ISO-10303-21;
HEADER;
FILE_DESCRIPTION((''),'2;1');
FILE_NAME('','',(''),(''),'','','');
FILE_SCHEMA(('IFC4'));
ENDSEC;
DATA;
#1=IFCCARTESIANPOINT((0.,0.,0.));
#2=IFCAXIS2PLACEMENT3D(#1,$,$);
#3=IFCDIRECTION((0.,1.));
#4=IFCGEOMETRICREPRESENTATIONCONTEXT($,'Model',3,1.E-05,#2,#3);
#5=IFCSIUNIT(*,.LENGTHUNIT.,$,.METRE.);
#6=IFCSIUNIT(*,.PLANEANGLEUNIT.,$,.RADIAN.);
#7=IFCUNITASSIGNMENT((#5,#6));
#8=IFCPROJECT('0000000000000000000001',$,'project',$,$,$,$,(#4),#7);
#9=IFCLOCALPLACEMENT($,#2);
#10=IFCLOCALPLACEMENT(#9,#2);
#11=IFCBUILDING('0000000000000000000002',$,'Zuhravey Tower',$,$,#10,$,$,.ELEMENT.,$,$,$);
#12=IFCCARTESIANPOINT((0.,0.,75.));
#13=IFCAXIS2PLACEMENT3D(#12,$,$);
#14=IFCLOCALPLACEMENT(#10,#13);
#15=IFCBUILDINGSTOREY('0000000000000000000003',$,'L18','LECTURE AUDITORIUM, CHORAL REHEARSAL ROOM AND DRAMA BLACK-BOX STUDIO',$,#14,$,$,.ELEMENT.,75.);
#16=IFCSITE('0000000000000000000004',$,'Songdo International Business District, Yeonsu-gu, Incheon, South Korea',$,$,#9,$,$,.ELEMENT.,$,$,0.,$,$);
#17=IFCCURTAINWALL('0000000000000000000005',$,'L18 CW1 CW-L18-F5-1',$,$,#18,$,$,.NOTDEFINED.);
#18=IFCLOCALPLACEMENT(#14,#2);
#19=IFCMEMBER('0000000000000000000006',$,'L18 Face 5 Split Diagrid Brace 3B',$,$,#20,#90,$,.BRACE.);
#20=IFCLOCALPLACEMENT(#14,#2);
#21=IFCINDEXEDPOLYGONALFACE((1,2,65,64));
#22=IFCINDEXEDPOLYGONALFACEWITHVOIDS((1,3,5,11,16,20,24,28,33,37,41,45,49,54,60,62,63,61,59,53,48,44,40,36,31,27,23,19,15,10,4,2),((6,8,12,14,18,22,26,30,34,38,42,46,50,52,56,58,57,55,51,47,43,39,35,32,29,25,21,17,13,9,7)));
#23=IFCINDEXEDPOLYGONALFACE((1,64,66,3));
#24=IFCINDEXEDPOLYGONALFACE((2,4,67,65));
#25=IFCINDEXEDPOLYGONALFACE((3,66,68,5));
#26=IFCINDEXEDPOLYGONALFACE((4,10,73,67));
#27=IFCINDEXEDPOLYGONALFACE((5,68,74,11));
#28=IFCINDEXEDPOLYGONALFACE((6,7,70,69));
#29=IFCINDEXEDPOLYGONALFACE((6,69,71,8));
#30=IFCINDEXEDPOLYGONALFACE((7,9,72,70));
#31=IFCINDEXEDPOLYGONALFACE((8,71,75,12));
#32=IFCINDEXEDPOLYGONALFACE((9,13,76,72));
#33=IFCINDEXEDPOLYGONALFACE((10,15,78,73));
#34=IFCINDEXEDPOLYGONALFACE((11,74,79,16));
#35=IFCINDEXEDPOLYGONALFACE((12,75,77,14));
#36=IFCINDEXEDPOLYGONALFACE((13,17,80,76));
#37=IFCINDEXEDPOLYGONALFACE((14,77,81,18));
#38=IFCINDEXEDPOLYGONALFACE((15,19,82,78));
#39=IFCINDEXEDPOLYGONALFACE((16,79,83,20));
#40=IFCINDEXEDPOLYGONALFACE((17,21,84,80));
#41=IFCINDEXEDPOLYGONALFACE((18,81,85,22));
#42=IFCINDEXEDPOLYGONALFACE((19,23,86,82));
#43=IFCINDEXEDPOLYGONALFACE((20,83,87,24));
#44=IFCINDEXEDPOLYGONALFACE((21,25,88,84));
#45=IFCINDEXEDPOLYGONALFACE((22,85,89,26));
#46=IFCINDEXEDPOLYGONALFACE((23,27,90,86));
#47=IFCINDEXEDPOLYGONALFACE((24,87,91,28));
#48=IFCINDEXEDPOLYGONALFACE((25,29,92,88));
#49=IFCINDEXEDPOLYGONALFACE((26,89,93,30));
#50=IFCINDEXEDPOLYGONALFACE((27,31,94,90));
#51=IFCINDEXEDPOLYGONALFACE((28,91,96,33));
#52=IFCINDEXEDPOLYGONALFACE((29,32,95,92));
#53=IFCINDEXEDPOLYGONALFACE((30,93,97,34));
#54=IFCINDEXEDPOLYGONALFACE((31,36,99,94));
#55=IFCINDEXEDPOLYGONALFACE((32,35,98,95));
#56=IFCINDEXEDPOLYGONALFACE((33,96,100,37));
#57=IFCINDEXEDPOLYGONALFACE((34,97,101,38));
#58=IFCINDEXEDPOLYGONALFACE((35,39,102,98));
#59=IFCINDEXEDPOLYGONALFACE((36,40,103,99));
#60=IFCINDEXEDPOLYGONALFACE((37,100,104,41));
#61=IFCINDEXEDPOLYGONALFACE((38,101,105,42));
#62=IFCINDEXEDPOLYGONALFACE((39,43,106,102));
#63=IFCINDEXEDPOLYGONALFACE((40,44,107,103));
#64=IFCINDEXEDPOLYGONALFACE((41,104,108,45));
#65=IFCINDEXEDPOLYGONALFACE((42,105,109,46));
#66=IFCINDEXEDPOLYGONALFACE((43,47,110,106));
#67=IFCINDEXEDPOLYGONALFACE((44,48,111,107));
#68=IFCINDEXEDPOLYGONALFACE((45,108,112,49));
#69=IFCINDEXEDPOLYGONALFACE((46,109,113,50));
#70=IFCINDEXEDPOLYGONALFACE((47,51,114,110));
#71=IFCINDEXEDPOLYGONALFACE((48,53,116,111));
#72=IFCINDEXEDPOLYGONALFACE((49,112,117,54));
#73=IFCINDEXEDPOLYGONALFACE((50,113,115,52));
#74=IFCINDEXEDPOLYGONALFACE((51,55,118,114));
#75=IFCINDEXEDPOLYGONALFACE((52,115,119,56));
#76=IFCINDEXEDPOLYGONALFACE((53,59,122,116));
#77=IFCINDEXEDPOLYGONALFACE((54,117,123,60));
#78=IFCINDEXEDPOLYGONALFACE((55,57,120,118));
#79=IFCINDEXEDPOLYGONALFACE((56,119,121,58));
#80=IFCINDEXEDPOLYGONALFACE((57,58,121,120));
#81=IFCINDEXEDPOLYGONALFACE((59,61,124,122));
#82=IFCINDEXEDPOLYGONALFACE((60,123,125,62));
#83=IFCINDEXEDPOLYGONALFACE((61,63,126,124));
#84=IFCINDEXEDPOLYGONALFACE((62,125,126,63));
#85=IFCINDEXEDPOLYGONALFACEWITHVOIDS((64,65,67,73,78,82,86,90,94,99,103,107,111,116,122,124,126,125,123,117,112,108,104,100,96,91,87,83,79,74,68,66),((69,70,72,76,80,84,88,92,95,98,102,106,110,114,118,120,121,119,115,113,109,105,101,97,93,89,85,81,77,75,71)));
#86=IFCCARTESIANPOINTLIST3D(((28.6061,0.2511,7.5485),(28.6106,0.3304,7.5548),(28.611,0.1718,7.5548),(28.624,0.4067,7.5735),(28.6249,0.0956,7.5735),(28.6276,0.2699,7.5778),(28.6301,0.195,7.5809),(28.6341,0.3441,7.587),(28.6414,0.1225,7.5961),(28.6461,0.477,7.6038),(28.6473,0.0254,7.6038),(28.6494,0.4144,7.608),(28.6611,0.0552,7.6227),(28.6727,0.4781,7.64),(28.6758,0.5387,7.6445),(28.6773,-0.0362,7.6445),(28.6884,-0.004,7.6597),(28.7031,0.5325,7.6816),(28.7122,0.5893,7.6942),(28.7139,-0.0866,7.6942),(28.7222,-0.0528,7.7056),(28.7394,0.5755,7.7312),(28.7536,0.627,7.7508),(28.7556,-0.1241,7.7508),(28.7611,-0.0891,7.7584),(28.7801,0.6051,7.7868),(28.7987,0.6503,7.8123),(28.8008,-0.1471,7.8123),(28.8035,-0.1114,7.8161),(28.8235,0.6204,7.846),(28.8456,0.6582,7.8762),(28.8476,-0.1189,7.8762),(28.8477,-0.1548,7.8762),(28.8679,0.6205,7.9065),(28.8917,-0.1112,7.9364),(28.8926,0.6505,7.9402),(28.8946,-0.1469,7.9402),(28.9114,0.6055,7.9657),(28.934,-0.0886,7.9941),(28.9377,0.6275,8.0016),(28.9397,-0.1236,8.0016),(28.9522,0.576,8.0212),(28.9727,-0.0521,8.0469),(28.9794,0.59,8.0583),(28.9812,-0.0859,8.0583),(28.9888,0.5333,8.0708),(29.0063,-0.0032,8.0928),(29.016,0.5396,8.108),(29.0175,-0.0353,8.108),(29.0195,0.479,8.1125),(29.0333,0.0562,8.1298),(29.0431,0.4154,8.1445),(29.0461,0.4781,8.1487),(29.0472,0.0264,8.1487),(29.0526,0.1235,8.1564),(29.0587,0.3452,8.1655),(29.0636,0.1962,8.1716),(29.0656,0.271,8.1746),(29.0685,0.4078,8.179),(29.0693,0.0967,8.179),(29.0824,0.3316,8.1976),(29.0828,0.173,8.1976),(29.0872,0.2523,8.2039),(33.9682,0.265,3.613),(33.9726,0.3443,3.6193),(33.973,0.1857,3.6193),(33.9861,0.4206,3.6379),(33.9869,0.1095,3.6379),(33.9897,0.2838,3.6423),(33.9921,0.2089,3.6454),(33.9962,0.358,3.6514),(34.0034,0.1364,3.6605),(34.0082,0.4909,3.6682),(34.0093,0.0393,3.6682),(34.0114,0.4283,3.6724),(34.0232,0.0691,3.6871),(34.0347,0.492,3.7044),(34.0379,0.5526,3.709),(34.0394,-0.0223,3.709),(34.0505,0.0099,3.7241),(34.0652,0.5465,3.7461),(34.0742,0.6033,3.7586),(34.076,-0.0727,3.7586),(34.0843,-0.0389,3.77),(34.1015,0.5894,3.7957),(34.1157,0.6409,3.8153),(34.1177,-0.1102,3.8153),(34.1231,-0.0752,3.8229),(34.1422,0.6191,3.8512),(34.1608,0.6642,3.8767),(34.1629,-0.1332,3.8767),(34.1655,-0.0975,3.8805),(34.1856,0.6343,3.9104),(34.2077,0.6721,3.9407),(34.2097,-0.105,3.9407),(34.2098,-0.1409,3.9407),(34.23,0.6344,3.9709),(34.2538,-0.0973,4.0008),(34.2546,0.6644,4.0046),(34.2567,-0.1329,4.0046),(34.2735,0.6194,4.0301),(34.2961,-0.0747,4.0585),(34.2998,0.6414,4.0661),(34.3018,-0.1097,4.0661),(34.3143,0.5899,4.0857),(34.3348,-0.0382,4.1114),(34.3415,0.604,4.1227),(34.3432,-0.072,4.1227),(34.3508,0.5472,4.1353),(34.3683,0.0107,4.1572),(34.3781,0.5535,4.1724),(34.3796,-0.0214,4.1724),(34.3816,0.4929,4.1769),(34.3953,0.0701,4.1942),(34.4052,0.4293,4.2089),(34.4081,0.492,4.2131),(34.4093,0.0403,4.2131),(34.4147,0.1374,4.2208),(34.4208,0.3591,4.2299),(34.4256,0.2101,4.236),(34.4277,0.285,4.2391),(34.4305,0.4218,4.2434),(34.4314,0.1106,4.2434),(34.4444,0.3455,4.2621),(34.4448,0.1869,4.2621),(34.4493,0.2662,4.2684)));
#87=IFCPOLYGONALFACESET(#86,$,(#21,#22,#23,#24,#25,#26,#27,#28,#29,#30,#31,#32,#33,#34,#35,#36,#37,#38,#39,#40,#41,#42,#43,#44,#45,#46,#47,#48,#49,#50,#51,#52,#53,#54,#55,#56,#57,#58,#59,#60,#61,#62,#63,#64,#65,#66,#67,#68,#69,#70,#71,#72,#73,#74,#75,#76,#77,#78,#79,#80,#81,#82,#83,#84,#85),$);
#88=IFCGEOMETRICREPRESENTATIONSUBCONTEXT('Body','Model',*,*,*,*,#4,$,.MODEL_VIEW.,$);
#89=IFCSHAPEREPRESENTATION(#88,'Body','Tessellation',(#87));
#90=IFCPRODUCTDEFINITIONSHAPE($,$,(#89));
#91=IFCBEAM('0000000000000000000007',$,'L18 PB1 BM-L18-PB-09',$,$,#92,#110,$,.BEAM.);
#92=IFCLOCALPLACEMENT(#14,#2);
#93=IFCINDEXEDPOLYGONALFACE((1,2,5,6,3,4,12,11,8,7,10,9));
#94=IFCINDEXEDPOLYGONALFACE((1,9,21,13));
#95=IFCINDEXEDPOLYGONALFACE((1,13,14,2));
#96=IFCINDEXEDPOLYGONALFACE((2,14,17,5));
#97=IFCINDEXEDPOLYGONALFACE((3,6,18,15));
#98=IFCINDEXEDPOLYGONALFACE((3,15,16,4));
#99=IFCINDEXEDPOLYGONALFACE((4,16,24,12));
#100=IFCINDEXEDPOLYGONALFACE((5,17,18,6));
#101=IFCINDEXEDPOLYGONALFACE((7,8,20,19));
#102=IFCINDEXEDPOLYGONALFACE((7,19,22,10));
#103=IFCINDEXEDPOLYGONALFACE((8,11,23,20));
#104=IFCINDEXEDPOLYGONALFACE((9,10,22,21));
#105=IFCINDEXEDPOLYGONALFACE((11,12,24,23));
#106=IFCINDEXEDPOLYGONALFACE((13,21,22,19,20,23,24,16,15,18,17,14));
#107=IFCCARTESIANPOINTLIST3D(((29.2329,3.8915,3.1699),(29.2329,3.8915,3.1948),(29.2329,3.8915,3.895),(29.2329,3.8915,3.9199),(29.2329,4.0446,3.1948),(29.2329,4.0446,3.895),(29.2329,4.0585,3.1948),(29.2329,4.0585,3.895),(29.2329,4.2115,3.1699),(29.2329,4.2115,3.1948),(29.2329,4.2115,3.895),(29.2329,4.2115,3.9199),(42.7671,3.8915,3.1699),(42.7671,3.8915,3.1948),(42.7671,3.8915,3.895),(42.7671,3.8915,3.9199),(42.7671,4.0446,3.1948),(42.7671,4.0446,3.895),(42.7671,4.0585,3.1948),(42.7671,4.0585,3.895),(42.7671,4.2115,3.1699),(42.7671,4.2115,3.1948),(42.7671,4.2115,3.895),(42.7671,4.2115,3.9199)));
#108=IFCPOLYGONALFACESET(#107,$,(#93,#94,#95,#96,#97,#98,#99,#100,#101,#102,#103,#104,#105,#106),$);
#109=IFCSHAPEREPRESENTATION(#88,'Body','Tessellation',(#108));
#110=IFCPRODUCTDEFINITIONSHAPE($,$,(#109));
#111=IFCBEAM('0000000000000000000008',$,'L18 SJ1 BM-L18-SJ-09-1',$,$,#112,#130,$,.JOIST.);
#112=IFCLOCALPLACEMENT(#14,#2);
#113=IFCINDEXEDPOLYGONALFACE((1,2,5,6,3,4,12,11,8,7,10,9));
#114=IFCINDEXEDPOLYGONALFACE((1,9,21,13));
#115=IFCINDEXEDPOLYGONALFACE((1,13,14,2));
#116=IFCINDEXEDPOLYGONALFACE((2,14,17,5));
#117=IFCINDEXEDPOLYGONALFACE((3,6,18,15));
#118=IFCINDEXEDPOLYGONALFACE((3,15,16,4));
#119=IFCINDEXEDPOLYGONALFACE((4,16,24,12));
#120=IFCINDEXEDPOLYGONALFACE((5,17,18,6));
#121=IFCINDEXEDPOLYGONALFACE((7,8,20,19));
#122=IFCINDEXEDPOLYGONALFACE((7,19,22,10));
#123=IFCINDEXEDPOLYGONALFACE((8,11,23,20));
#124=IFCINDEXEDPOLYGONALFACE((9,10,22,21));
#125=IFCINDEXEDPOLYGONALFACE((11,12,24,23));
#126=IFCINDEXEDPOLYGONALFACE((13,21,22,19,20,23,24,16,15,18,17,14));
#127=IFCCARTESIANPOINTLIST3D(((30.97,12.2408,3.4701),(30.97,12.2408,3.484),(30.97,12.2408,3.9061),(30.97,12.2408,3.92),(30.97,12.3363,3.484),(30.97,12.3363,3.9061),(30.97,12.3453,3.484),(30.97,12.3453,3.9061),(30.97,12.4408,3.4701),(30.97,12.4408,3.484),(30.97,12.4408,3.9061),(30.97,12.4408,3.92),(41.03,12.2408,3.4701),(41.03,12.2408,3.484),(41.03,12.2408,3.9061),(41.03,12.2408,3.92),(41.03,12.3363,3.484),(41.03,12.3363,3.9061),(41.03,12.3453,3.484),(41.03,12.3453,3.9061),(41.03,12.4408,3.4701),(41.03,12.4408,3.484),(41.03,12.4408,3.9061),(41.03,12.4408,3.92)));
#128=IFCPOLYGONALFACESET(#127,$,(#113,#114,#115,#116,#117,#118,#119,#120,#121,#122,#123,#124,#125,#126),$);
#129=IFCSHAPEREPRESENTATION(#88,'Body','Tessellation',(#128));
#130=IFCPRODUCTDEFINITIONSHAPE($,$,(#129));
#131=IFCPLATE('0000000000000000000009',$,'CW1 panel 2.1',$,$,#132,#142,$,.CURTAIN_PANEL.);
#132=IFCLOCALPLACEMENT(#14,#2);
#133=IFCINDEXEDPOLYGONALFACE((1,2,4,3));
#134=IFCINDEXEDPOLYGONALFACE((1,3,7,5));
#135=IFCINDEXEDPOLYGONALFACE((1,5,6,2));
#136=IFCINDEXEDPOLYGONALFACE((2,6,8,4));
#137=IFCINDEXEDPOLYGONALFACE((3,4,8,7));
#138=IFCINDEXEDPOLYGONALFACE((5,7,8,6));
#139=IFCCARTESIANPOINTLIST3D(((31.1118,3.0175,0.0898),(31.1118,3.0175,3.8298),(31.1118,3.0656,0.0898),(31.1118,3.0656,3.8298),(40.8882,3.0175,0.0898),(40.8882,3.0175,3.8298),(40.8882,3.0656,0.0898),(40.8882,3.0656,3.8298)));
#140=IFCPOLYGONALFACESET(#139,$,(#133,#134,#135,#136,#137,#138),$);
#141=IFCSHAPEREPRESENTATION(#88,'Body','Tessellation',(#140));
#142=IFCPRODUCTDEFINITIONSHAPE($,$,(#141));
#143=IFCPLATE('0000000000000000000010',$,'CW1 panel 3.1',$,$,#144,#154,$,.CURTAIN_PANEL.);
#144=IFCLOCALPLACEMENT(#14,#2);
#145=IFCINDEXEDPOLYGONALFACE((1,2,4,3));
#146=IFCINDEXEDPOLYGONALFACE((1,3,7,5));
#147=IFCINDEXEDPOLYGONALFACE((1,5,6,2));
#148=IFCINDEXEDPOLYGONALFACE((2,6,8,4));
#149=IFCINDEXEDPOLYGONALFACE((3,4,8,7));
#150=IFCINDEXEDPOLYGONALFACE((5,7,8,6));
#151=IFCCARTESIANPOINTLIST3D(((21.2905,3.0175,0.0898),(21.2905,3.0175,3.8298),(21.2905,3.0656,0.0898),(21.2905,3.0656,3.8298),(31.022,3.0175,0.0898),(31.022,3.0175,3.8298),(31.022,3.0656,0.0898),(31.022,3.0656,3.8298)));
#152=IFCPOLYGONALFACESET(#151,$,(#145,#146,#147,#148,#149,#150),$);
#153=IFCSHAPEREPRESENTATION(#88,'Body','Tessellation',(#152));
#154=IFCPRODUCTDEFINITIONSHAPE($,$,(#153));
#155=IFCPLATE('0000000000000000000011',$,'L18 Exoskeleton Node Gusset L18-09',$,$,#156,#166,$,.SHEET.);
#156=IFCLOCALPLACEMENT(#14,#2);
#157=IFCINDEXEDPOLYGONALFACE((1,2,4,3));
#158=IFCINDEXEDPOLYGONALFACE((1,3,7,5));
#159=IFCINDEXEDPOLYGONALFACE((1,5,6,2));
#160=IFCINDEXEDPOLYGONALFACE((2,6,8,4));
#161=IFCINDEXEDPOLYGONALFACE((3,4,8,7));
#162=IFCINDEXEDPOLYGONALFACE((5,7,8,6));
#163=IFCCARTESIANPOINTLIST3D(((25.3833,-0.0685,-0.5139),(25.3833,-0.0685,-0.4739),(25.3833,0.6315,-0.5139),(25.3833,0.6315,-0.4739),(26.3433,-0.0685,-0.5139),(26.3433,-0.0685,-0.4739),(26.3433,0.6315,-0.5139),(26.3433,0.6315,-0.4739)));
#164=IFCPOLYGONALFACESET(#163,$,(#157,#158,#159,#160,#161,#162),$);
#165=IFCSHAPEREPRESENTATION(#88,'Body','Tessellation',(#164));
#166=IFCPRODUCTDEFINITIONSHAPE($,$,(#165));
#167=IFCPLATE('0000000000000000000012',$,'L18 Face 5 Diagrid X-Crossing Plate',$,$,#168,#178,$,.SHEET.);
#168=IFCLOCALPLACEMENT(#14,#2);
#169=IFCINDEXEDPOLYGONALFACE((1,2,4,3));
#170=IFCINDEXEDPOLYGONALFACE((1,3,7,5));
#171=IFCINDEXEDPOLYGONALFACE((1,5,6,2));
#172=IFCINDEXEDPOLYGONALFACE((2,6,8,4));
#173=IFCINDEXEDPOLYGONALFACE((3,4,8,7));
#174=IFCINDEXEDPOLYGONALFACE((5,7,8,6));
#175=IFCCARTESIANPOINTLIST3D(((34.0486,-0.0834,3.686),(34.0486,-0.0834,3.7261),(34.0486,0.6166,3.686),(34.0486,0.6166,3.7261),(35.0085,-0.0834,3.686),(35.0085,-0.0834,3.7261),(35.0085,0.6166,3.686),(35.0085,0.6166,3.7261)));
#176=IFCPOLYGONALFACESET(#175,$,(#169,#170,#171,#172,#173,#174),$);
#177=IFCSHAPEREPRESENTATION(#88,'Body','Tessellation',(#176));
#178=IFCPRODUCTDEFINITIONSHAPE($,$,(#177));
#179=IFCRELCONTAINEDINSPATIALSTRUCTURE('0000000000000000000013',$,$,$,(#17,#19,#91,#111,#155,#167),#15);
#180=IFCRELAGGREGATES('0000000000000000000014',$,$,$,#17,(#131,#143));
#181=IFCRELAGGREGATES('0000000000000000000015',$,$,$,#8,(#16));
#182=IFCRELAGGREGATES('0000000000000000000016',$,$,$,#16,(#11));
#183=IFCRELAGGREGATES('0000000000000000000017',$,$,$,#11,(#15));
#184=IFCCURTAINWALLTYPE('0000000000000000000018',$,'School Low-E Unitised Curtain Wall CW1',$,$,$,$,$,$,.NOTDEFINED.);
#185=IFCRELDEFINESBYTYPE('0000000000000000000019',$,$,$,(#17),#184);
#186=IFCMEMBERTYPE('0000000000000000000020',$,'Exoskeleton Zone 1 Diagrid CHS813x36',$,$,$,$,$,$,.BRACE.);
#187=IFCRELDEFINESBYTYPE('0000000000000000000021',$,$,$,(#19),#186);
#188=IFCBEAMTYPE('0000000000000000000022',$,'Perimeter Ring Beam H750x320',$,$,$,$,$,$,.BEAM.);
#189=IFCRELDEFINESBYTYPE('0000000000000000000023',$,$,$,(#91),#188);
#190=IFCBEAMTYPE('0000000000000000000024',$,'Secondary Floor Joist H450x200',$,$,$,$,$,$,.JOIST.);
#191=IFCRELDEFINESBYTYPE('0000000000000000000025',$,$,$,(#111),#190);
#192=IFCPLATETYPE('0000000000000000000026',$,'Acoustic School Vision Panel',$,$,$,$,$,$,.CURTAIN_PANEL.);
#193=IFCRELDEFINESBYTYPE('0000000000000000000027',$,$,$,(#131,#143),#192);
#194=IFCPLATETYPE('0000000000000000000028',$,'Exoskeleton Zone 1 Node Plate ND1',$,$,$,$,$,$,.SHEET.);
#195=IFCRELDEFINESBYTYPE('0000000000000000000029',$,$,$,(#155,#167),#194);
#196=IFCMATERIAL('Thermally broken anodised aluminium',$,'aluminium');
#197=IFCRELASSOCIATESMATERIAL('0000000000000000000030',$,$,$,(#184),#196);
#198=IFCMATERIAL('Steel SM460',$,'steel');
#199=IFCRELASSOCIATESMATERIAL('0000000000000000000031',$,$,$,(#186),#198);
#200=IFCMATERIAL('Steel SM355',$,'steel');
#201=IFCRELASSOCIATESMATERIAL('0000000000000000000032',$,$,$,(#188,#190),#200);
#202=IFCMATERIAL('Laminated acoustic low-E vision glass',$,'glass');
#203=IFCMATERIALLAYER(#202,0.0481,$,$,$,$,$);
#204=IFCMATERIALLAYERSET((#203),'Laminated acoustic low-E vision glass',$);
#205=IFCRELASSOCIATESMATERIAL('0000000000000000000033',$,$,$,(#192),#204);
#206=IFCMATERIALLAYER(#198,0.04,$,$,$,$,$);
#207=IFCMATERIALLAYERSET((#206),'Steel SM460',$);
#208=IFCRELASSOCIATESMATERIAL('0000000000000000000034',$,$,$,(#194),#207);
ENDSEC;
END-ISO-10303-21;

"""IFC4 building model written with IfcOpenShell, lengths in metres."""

from ifc_helpers import new_model, si_unit, direction, frame, origin, origin_2d, place, context, subcontext, project, spatial, rectangle, hollow_circle, i_section, extrude, material, layer, layer_set, material_profile, profile_set, type_object, element, aggregate, save


model = new_model("IFC4")

# Units and contexts
model_context = context("Model", 3, precision=1e-05, world=origin(), true_north=direction((0.0, 1.0)))
body_context = subcontext(model_context, "Body", "Model", "MODEL_VIEW")
ifc_project = project(units=[si_unit("LENGTHUNIT", "METRE"), si_unit("PLANEANGLEUNIT", "RADIAN")], contexts=[model_context])

# Site, building, storey
site_placement = place(None, origin())
site = spatial("IfcSite", under=ifc_project, at=site_placement, Name="Songdo International Business District, Yeonsu-gu, Incheon, South Korea", CompositionType="ELEMENT", RefElevation=0.0)
building_placement = place(site_placement, origin())
building = spatial("IfcBuilding", under=site, at=building_placement, Name="Zuhravey Tower", CompositionType="ELEMENT")
storey_placement = place(building_placement, frame((0.0, 0.0, 75.0)))
storey = spatial("IfcBuildingStorey", under=building, at=storey_placement, Name="L18", Description="LECTURE AUDITORIUM, CHORAL REHEARSAL ROOM AND DRAMA BLACK-BOX STUDIO", CompositionType="ELEMENT", Elevation=75.0)

# Curtain wall
ifc_material_1 = material(Name="Thermally broken anodised aluminium", Category="aluminium")
curtain_wall_type = type_object("IfcCurtainWallType", Name="School Low-E Unitised Curtain Wall CW1", PredefinedType="NOTDEFINED", material=ifc_material_1)
curtain_wall_placement = place(storey_placement, origin())
curtain_wall = element("IfcCurtainWall", 1, at=curtain_wall_placement, inside=storey, type_object=curtain_wall_type, Name="L18 CW1 CW-L18-F5-1", PredefinedType="NOTDEFINED")

# Member
ifc_material_2 = material(Name="Steel SM355", Category="steel")
ifc_material_3 = material(Name="Steel SM460", Category="steel")
ifc_material_profile_1 = material_profile(ifc_material_3, hollow_circle(Radius=0.4065, WallThickness=0.0359, at=origin_2d()), Name="CHS-812.8x36")
ifc_profile_set_1 = profile_set([ifc_material_profile_1], Name="Steel SM460")
member_type_1 = type_object("IfcMemberType", Name="Exoskeleton Zone 1 Diagrid CHS813x36", PredefinedType="BRACE", material=ifc_profile_set_1)
member_1_placement = place(storey_placement, frame((34.2087, 0.2656, 3.9407), z_axis=(-0.806162, -0.002092, 0.591692), x_axis=(0.002595, -0.999997, 0.0)))
element("IfcMember", 2, at=member_1_placement, inside=storey, type_object=member_type_1, Name="L18 Face 5 Split Diagrid Brace 3B", PredefinedType="BRACE", context=body_context, shape_type="SweptSolid", body=[
    extrude(hollow_circle(Radius=0.4065, WallThickness=0.0359, at=origin_2d()), origin(), (0.0, 0.0, 1.0), 6.6514),
])

# Beams
ifc_material_profile_2 = material_profile(ifc_material_2, i_section(OverallWidth=0.3201, OverallDepth=0.75, WebThickness=0.0139, FlangeThickness=0.0249, at=origin_2d()), Name="H-750x320x14x25")
ifc_profile_set_2 = profile_set([ifc_material_profile_2], Name="Steel SM355")
beam_type_1 = type_object("IfcBeamType", Name="Perimeter Ring Beam H750x320", PredefinedType="BEAM", material=ifc_profile_set_2)
beam_1_placement = place(storey_placement, frame((29.2329, 4.0515, 3.5449), z_axis=(1.0, 0.0, 0.0), x_axis=(0.0, 1.0, 0.0)))
element("IfcBeam", 3, at=beam_1_placement, inside=storey, type_object=beam_type_1, Name="L18 PB1 BM-L18-PB-09", PredefinedType="BEAM", context=body_context, shape_type="SweptSolid", body=[
    extrude(i_section(OverallWidth=0.3201, OverallDepth=0.75, WebThickness=0.0139, FlangeThickness=0.0249, at=origin_2d()), origin(), (0.0, 0.0, 1.0), 13.5342),
])
ifc_material_profile_3 = material_profile(ifc_material_2, i_section(OverallWidth=0.2, OverallDepth=0.45, WebThickness=0.009, FlangeThickness=0.0139, at=origin_2d()), Name="H-450x200x9x14")
ifc_profile_set_3 = profile_set([ifc_material_profile_3], Name="Steel SM355")
beam_type_2 = type_object("IfcBeamType", Name="Secondary Floor Joist H450x200", PredefinedType="JOIST", material=ifc_profile_set_3)
beam_2_placement = place(storey_placement, frame((30.97, 12.3408, 3.6951), z_axis=(1.0, 0.0, 0.0), x_axis=(0.0, 1.0, 0.0)))
element("IfcBeam", 4, at=beam_2_placement, inside=storey, type_object=beam_type_2, Name="L18 SJ1 BM-L18-SJ-09-1", PredefinedType="JOIST", context=body_context, shape_type="SweptSolid", body=[
    extrude(i_section(OverallWidth=0.2, OverallDepth=0.45, WebThickness=0.009, FlangeThickness=0.0139, at=origin_2d()), origin(), (0.0, 0.0, 1.0), 10.0601),
])

# Plates
ifc_material_4 = material(Name="Laminated acoustic low-E vision glass", Category="glass")
ifc_layer_1 = layer(ifc_material_4, 0.0481)
ifc_layer_set_1 = layer_set([ifc_layer_1], Name="Laminated acoustic low-E vision glass")
plate_type_1 = type_object("IfcPlateType", Name="Acoustic School Vision Panel", PredefinedType="CURTAIN_PANEL", material=ifc_layer_set_1)
plate_1_placement = place(storey_placement, frame((36.0, 3.0415, 0.0898), z_axis=(0.0, 0.0, 1.0), x_axis=(-1.0, 0.0, 0.0)))
plate_1 = element("IfcPlate", 5, at=plate_1_placement, type_object=plate_type_1, Name="CW1 panel 2.1", PredefinedType="CURTAIN_PANEL", context=body_context, shape_type="SweptSolid", body=[
    extrude(rectangle(XDim=9.7764, YDim=0.0481, at=origin_2d()), origin(), (0.0, 0.0, 1.0), 3.74),
])
plate_2_placement = place(storey_placement, frame((26.1562, 3.0415, 0.0898), z_axis=(0.0, 0.0, 1.0), x_axis=(-1.0, 0.0, 0.0)))
plate_2 = element("IfcPlate", 6, at=plate_2_placement, type_object=plate_type_1, Name="CW1 panel 3.1", PredefinedType="CURTAIN_PANEL", context=body_context, shape_type="SweptSolid", body=[
    extrude(rectangle(XDim=9.7314, YDim=0.0481, at=origin_2d()), origin(), (0.0, 0.0, 1.0), 3.74),
])
aggregate(curtain_wall, [plate_1, plate_2])

# Plates
ifc_layer_2 = layer(ifc_material_3, 0.04)
ifc_layer_set_2 = layer_set([ifc_layer_2], Name="Steel SM460")
plate_type_2 = type_object("IfcPlateType", Name="Exoskeleton Zone 1 Node Plate ND1", PredefinedType="SHEET", material=ifc_layer_set_2)
for number, where, z_axis, x_axis, name in (
    (7, (25.8633, 0.2815, -0.5139), (0.0, 0.0, 1.0), (1.0, 0.0, 0.0), "L18 Exoskeleton Node Gusset L18-09"),
    (8, (34.5286, 0.2666, 3.686), (0.0, 0.0, 1.0), (1.0, 0.0, 0.0), "L18 Face 5 Diagrid X-Crossing Plate"),
):
    element("IfcPlate", number, at=place(storey_placement, frame(where, z_axis=z_axis, x_axis=x_axis)), inside=storey, type_object=plate_type_2, Name=name, PredefinedType="SHEET", context=body_context, shape_type="SweptSolid", body=[
        extrude(rectangle(XDim=0.96, YDim=0.7, at=origin_2d()), origin(), (0.0, 0.0, 1.0), 0.04),
    ])

save(model, "model.ifc")
